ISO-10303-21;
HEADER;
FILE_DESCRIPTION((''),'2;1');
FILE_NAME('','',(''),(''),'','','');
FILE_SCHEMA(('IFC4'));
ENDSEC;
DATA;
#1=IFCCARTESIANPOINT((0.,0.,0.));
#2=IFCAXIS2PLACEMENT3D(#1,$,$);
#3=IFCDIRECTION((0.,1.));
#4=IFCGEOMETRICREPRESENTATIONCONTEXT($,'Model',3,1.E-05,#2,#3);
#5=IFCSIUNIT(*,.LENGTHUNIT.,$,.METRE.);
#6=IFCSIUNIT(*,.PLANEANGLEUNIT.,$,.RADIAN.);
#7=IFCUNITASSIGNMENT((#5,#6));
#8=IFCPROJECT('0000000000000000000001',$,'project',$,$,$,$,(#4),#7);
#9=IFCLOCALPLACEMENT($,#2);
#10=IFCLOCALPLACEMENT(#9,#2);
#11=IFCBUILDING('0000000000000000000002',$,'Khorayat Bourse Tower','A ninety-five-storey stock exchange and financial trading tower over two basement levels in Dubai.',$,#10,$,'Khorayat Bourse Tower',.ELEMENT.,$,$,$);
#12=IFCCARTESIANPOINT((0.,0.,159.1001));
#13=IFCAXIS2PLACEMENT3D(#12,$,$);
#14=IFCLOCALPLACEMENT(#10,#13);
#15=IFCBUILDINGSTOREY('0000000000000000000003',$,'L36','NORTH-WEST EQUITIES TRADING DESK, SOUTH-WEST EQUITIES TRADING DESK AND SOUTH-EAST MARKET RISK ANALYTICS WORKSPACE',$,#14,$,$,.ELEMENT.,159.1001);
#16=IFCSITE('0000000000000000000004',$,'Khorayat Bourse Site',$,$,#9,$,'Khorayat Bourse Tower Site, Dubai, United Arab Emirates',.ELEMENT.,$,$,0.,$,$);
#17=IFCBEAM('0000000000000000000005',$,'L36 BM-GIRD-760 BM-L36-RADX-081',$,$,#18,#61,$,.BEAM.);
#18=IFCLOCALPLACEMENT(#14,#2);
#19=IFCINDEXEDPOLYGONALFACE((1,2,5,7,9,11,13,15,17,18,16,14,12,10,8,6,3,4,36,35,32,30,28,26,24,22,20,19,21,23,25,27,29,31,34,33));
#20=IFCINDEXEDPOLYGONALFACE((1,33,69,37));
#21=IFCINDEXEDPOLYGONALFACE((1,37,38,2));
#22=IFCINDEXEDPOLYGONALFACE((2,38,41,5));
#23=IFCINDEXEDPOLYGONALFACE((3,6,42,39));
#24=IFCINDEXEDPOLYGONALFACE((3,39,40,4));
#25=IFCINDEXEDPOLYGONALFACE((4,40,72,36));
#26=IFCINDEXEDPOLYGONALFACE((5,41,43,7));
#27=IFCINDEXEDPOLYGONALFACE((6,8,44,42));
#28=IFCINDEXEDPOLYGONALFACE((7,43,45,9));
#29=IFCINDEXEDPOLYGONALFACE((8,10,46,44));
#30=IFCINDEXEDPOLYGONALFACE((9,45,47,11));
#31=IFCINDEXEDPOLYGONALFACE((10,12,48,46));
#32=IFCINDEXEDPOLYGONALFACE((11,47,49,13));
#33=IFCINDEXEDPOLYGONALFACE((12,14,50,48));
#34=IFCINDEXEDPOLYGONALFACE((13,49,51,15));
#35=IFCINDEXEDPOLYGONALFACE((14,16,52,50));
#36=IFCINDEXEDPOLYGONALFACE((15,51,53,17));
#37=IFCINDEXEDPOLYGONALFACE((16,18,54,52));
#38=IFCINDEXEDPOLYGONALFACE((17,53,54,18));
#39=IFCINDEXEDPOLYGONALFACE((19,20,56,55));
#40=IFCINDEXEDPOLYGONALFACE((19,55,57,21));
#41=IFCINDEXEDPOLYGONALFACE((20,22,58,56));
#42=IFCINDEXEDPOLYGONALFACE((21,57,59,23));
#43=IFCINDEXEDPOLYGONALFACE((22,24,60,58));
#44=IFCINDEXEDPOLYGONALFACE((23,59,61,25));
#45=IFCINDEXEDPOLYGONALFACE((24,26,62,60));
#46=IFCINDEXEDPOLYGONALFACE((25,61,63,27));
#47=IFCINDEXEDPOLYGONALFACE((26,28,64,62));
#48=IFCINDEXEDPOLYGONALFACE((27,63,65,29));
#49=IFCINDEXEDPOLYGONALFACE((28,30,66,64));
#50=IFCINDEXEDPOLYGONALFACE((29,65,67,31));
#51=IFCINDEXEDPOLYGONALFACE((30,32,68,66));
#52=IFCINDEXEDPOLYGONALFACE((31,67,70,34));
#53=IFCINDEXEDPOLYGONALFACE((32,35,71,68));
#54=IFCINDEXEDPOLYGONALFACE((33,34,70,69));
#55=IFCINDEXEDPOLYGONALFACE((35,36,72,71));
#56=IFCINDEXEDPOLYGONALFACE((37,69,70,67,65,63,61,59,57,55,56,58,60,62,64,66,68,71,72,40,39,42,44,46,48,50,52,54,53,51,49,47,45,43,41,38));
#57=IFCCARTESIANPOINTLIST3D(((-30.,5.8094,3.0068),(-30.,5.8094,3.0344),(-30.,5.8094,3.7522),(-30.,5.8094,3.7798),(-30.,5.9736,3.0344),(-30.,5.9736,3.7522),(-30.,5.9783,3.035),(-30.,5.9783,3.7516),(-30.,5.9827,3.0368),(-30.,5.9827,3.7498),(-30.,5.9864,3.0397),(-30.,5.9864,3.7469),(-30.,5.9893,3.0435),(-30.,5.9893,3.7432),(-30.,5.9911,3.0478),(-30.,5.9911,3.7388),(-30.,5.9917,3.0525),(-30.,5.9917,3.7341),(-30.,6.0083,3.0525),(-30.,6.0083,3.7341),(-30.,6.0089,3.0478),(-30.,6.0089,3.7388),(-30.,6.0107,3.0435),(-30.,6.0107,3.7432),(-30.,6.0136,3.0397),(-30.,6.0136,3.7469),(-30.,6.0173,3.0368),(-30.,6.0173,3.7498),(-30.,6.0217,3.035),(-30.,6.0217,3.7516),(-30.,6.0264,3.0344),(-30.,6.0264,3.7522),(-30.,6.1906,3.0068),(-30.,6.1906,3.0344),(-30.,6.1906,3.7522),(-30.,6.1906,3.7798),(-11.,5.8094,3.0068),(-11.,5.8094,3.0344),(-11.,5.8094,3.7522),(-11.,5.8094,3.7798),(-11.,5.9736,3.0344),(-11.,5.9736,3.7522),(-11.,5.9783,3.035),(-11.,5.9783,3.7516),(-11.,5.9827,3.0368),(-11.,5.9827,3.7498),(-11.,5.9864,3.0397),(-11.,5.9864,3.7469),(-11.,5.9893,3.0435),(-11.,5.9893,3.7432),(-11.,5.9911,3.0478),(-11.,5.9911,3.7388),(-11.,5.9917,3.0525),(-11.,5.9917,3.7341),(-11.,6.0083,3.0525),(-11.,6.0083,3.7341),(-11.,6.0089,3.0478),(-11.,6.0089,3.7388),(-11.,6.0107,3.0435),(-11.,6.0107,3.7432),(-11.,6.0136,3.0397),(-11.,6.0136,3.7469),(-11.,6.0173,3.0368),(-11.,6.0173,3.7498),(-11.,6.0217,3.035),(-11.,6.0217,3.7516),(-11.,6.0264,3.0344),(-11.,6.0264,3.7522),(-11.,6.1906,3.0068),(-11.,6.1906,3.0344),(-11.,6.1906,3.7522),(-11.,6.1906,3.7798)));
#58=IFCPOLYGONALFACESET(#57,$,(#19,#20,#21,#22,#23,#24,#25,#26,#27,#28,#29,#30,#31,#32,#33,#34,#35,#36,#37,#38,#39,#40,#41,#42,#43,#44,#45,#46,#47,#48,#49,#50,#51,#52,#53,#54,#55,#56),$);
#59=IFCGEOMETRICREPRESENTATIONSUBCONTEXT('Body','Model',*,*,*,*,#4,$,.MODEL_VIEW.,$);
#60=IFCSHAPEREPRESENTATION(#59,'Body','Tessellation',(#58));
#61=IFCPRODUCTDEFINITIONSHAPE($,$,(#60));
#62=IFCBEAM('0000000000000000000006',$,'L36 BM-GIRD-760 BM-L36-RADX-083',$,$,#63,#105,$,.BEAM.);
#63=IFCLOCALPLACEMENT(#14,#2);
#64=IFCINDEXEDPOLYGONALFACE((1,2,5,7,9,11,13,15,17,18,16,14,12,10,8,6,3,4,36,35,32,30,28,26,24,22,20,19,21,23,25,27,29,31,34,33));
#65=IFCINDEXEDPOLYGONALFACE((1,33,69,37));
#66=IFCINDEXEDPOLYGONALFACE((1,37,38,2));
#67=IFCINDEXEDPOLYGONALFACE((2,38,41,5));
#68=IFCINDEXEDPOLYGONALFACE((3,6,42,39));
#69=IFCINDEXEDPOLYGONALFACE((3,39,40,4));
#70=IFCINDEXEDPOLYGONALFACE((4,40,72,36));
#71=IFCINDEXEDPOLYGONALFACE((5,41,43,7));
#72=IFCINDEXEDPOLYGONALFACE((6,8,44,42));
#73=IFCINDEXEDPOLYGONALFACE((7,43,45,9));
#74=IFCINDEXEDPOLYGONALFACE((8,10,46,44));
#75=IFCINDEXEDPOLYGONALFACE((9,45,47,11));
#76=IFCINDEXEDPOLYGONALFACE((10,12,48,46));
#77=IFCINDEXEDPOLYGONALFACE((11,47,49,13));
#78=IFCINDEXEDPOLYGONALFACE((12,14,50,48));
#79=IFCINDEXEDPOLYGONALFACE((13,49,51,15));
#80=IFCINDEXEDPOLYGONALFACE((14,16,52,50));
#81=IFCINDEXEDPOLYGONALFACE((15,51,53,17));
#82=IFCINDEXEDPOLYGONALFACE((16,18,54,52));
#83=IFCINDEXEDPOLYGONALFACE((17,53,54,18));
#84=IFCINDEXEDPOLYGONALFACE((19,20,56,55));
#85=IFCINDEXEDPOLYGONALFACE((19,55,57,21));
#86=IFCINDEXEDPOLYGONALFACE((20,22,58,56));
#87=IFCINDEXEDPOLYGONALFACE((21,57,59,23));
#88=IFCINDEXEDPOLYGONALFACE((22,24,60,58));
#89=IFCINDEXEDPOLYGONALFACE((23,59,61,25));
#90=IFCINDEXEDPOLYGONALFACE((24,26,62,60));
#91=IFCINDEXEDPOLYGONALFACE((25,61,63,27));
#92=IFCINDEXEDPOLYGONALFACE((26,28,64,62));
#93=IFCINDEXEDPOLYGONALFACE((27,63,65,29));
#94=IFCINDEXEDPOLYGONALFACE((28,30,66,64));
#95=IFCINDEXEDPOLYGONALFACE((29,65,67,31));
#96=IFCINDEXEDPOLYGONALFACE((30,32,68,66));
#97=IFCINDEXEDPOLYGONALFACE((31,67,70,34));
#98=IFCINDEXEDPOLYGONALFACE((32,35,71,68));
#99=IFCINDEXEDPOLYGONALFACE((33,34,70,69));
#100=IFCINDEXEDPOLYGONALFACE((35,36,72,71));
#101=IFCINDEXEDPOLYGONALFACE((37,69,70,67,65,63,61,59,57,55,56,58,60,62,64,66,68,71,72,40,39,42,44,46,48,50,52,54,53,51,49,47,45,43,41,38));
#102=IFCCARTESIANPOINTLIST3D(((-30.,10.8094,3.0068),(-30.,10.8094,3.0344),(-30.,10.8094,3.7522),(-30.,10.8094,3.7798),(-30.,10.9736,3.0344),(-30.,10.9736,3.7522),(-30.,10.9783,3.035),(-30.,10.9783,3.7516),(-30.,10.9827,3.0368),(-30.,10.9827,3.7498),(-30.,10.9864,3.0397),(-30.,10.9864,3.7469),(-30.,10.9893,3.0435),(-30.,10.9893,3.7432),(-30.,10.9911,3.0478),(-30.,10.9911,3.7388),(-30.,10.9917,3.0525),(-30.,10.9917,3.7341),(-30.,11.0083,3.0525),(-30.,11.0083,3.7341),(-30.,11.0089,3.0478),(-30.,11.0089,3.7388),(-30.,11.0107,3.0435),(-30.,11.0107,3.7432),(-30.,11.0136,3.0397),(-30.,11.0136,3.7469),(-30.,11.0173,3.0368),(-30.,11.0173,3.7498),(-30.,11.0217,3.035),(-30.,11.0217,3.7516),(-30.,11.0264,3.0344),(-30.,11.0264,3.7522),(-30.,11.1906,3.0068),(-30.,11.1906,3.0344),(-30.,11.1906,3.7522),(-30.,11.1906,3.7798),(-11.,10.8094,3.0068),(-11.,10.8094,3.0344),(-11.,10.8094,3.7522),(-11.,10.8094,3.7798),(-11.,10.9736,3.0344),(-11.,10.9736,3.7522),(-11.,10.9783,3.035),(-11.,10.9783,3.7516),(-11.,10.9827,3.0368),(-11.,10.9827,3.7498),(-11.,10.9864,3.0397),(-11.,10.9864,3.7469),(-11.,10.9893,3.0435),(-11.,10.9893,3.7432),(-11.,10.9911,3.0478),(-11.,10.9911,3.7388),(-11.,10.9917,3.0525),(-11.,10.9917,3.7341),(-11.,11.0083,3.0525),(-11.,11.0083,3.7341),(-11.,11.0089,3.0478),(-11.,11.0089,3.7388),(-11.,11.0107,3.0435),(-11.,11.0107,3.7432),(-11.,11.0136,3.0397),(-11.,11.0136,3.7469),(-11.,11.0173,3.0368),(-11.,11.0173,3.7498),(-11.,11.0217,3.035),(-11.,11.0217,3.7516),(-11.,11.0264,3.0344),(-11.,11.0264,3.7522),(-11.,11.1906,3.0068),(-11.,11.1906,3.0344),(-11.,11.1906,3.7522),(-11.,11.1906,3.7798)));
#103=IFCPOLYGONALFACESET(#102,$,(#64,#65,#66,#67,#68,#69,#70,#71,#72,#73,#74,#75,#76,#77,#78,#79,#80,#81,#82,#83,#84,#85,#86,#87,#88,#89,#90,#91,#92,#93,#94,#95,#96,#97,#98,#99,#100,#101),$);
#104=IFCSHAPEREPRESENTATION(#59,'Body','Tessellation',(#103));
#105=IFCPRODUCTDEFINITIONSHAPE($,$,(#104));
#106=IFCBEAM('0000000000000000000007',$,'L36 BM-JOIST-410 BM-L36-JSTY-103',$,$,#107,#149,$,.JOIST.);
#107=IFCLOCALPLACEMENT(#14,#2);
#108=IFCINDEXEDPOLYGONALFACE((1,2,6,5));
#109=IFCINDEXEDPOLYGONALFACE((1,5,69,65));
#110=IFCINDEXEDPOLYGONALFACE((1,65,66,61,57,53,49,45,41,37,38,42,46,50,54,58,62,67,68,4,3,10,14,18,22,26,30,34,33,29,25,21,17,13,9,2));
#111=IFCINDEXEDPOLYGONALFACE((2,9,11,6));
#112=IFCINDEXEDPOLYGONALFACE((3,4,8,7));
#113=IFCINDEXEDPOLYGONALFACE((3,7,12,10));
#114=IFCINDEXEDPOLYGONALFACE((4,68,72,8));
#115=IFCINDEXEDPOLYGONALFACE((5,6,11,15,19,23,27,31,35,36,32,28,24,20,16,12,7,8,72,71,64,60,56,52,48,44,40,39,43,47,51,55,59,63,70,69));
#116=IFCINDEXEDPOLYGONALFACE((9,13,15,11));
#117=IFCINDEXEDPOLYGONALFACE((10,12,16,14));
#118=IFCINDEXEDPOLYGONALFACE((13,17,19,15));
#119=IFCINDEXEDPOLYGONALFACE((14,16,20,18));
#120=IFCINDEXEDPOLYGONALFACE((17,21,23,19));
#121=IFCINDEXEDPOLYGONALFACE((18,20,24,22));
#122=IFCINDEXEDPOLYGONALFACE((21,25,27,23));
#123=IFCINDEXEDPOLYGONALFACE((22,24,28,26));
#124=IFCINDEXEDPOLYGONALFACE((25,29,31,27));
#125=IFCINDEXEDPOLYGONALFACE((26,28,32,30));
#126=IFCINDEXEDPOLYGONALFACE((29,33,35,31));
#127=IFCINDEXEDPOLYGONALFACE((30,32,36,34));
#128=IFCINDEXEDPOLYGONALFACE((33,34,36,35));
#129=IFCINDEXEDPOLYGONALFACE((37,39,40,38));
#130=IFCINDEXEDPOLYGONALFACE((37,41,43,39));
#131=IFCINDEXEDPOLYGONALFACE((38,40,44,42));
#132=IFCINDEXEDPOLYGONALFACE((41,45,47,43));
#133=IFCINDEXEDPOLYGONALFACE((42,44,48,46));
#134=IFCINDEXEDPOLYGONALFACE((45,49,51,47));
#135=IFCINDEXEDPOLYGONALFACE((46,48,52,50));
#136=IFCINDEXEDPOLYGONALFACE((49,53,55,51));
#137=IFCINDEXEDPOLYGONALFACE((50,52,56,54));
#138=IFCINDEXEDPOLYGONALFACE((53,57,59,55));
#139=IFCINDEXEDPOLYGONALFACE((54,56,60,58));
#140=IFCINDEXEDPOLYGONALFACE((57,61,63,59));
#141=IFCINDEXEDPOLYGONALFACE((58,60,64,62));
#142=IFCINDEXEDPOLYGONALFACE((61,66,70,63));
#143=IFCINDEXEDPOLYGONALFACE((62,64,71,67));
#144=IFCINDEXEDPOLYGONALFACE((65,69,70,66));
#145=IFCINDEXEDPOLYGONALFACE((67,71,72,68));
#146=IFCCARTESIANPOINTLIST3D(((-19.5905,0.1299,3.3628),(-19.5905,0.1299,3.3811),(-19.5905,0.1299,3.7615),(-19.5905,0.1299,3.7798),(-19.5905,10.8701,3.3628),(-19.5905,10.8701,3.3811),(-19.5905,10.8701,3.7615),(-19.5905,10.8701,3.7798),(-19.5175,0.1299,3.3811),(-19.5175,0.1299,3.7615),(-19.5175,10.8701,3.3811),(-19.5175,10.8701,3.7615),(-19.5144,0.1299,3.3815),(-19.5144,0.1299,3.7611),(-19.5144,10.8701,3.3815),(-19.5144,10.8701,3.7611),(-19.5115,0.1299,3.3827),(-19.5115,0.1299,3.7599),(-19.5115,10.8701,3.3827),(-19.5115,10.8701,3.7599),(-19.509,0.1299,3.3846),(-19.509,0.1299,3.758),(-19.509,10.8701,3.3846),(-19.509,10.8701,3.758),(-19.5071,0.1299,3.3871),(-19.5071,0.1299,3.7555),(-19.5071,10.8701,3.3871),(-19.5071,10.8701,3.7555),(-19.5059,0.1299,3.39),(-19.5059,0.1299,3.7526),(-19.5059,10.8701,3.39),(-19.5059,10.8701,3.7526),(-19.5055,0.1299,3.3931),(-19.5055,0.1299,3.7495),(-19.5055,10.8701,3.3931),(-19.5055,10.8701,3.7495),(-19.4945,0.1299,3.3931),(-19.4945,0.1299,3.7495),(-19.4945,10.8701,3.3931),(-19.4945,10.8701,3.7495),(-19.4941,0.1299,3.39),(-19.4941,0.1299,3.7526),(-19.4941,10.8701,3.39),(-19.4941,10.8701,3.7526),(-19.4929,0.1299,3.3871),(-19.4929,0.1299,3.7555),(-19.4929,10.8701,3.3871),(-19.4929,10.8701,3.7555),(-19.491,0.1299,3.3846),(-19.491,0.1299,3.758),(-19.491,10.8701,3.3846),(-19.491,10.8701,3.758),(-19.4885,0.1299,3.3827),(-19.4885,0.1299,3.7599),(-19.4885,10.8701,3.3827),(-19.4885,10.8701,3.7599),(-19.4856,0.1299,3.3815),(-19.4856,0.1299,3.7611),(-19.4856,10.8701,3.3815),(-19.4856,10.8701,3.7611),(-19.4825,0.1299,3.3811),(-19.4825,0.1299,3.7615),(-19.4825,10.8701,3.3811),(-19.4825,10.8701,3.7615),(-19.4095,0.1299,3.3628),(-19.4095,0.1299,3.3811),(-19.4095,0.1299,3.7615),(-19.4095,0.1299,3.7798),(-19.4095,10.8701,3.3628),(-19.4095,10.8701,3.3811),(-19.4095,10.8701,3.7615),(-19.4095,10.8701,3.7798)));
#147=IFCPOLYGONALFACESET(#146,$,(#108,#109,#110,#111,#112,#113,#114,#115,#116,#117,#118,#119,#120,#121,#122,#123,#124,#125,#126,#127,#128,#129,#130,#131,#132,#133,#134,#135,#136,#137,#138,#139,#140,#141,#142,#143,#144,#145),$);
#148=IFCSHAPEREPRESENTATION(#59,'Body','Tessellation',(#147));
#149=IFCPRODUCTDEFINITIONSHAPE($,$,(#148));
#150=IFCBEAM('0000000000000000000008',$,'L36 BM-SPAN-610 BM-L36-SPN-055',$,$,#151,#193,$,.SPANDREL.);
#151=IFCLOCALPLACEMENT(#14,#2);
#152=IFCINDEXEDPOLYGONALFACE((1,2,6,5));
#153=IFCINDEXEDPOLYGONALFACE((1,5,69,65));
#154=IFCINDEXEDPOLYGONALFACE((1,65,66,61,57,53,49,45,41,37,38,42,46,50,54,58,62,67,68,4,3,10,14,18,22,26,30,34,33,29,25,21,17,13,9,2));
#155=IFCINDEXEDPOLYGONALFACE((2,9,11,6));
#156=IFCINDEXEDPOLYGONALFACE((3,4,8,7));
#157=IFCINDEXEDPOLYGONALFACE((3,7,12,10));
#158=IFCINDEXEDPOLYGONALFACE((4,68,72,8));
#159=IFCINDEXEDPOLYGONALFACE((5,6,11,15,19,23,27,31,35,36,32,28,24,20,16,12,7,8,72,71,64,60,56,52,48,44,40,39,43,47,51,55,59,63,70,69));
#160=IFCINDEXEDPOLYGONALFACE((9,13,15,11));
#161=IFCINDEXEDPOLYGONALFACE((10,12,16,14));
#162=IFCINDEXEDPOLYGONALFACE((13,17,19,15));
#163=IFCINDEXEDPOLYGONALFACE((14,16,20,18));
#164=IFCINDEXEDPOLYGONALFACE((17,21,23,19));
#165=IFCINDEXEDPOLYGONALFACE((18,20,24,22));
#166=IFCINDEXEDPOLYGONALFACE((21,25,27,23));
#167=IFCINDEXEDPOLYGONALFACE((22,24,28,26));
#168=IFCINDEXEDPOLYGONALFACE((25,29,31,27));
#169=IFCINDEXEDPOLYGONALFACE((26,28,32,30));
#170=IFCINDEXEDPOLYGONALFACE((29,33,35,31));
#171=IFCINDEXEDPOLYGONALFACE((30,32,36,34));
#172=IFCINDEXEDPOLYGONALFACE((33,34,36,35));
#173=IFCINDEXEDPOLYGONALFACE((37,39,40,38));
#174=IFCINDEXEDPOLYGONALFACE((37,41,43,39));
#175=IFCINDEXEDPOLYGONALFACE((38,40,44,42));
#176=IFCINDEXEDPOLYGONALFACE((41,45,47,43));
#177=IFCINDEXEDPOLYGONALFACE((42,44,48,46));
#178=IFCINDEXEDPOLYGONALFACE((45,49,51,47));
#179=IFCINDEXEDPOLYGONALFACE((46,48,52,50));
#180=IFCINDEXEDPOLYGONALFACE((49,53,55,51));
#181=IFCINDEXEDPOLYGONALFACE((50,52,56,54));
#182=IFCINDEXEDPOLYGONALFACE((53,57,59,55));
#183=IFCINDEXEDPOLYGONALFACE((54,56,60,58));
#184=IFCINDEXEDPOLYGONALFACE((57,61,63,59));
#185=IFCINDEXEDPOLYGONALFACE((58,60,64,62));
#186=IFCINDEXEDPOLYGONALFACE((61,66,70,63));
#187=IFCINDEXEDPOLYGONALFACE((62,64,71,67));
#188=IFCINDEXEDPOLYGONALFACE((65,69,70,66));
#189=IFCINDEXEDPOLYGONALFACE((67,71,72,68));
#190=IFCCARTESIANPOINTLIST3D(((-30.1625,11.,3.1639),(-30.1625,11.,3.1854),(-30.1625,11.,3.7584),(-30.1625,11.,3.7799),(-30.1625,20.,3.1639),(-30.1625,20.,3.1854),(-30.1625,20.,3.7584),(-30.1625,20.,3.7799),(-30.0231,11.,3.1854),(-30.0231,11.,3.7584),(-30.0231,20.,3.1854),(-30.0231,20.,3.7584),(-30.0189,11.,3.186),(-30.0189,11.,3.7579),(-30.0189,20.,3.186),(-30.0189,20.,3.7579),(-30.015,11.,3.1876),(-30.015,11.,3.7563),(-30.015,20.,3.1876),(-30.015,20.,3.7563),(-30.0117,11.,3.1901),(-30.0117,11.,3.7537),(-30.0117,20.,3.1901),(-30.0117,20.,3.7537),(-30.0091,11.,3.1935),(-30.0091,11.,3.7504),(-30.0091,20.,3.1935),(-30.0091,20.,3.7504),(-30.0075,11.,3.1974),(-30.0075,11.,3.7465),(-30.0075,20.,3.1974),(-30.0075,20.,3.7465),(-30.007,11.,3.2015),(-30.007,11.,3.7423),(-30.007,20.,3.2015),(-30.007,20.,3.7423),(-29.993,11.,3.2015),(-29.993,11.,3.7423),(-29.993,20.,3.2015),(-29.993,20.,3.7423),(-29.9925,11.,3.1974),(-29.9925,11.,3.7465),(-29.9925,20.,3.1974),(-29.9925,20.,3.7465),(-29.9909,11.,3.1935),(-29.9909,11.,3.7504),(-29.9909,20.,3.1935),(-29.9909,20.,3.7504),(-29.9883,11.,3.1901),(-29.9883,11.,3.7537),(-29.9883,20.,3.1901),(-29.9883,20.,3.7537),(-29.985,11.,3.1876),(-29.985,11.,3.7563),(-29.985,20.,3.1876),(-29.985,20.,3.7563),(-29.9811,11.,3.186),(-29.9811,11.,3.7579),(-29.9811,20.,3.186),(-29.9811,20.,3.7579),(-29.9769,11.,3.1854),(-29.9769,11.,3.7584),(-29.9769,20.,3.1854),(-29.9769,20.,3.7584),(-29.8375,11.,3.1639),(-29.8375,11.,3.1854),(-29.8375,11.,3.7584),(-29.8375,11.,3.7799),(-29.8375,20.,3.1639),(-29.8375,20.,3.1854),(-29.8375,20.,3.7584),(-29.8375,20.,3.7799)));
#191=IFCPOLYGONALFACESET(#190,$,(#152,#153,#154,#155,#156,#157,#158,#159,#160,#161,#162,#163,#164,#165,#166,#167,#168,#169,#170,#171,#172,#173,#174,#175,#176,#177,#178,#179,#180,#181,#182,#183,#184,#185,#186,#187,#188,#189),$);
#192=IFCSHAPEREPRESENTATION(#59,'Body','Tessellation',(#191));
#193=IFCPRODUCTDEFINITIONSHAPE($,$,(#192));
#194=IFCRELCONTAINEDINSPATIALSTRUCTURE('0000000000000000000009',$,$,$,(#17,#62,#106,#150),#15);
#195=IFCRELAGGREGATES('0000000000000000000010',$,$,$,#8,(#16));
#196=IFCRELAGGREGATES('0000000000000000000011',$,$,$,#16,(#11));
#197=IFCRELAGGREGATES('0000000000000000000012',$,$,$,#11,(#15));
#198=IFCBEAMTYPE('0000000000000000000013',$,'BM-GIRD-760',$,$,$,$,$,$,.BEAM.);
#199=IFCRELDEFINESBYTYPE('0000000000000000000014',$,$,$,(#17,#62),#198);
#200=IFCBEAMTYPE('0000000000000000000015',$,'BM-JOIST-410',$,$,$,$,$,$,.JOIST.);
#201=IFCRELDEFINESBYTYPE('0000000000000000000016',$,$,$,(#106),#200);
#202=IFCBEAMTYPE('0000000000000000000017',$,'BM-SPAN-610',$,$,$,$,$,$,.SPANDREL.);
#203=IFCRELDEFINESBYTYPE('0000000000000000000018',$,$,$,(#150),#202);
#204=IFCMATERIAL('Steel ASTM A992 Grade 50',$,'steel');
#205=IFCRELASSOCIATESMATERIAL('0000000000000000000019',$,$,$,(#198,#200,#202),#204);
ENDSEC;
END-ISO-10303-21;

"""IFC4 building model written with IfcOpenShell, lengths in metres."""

from ifc_helpers import new_model, si_unit, direction, frame, origin, origin_2d, place, context, subcontext, project, spatial, i_section, extrude, source, transform, mapped, material, material_profile, profile_set, type_object, element, save


model = new_model("IFC4")

# Units and contexts
model_context = context("Model", 3, precision=1e-05, world=origin(), true_north=direction((0.0, 1.0)))
body_context = subcontext(model_context, "Body", "Model", "MODEL_VIEW")
ifc_project = project(units=[si_unit("LENGTHUNIT", "METRE"), si_unit("PLANEANGLEUNIT", "RADIAN")], contexts=[model_context])

# Site, building, storey
site_placement = place(None, origin())
site = spatial("IfcSite", under=ifc_project, at=site_placement, Name="Khorayat Bourse Site", LongName="Khorayat Bourse Tower Site, Dubai, United Arab Emirates", CompositionType="ELEMENT", RefElevation=0.0)
building_placement = place(site_placement, origin())
building = spatial("IfcBuilding", under=site, at=building_placement, Name="Khorayat Bourse Tower", Description="A ninety-five-storey stock exchange and financial trading tower over two basement levels in Dubai.", LongName="Khorayat Bourse Tower", CompositionType="ELEMENT")
storey_placement = place(building_placement, frame((0.0, 0.0, 159.1001)))
storey = spatial("IfcBuildingStorey", under=building, at=storey_placement, Name="L36", Description="NORTH-WEST EQUITIES TRADING DESK, SOUTH-WEST EQUITIES TRADING DESK AND SOUTH-EAST MARKET RISK ANALYTICS WORKSPACE", CompositionType="ELEMENT", Elevation=159.1001)

# Beams
ifc_material_1 = material(Name="Steel ASTM A992 Grade 50", Category="steel")
ifc_material_profile_1 = material_profile(ifc_material_1, i_section(OverallWidth=0.3811, OverallDepth=0.7729, WebThickness=0.0166, FlangeThickness=0.0276, FilletRadius=0.0181, at=origin_2d()), Name="W760X257")
ifc_profile_set_1 = profile_set([ifc_material_profile_1], Name="Steel ASTM A992 Grade 50")
beam_type_1 = type_object("IfcBeamType", Name="BM-GIRD-760", PredefinedType="BEAM", material=ifc_profile_set_1)
shared_shape_1 = source(origin(), body_context, "Body", "SweptSolid", [
    extrude(i_section(OverallWidth=0.3811, OverallDepth=0.7729, WebThickness=0.0166, FlangeThickness=0.0276, FilletRadius=0.0181, at=origin_2d()), origin(), (0.0, 0.0, 1.0), 19.0),
])
for number, where, z_axis, x_axis, name in (
    (1, (-30.0, 6.0, 3.3933), (1.0, 0.0, 0.0), (0.0, 1.0, 0.0), "L36 BM-GIRD-760 BM-L36-RADX-081"),
    (2, (-30.0, 11.0, 3.3933), (1.0, 0.0, 0.0), (0.0, 1.0, 0.0), "L36 BM-GIRD-760 BM-L36-RADX-083"),
):
    element("IfcBeam", number, at=place(storey_placement, frame(where, z_axis=z_axis, x_axis=x_axis)), inside=storey, type_object=beam_type_1, Name=name, PredefinedType="BEAM", context=body_context, shape_type="MappedRepresentation", body=[
        mapped(shared_shape_1, transform((0.0, 0.0, 0.0), scale=1.0)),
    ])
ifc_material_profile_2 = material_profile(ifc_material_1, i_section(OverallWidth=0.1809, OverallDepth=0.417, WebThickness=0.011, FlangeThickness=0.0183, FilletRadius=0.012, at=origin_2d()), Name="W410X85")
ifc_profile_set_2 = profile_set([ifc_material_profile_2], Name="Steel ASTM A992 Grade 50")
beam_type_2 = type_object("IfcBeamType", Name="BM-JOIST-410", PredefinedType="JOIST", material=ifc_profile_set_2)
shared_shape_2 = source(origin(), body_context, "Body", "SweptSolid", [
    extrude(i_section(OverallWidth=0.1809, OverallDepth=0.417, WebThickness=0.011, FlangeThickness=0.0183, FilletRadius=0.012, at=origin_2d()), origin(), (0.0, 0.0, 1.0), 10.7402),
])
beam_1_placement = place(storey_placement, frame((-19.5, 0.1299, 3.5713), z_axis=(0.0, 1.0, 0.0), x_axis=(-1.0, 0.0, 0.0)))
element("IfcBeam", 3, at=beam_1_placement, inside=storey, type_object=beam_type_2, Name="L36 BM-JOIST-410 BM-L36-JSTY-103", PredefinedType="JOIST", context=body_context, shape_type="MappedRepresentation", body=[
    mapped(shared_shape_2, transform((0.0, 0.0, 0.0), scale=1.0)),
])
ifc_material_profile_3 = material_profile(ifc_material_1, i_section(OverallWidth=0.325, OverallDepth=0.616, WebThickness=0.0139, FlangeThickness=0.0215, FilletRadius=0.0161, at=origin_2d()), Name="W610X174")
ifc_profile_set_3 = profile_set([ifc_material_profile_3], Name="Steel ASTM A992 Grade 50")
beam_type_3 = type_object("IfcBeamType", Name="BM-SPAN-610", PredefinedType="SPANDREL", material=ifc_profile_set_3)
shared_shape_3 = source(origin(), body_context, "Body", "SweptSolid", [
    extrude(i_section(OverallWidth=0.325, OverallDepth=0.616, WebThickness=0.0139, FlangeThickness=0.0215, FilletRadius=0.0161, at=origin_2d()), origin(), (0.0, 0.0, 1.0), 9.0),
])
beam_2_placement = place(storey_placement, frame((-30.0, 11.0, 3.4719), z_axis=(0.0, 1.0, 0.0), x_axis=(-1.0, 0.0, 0.0)))
element("IfcBeam", 4, at=beam_2_placement, inside=storey, type_object=beam_type_3, Name="L36 BM-SPAN-610 BM-L36-SPN-055", PredefinedType="SPANDREL", context=body_context, shape_type="MappedRepresentation", body=[
    mapped(shared_shape_3, transform((0.0, 0.0, 0.0), scale=1.0)),
])

save(model, "model.ifc")
